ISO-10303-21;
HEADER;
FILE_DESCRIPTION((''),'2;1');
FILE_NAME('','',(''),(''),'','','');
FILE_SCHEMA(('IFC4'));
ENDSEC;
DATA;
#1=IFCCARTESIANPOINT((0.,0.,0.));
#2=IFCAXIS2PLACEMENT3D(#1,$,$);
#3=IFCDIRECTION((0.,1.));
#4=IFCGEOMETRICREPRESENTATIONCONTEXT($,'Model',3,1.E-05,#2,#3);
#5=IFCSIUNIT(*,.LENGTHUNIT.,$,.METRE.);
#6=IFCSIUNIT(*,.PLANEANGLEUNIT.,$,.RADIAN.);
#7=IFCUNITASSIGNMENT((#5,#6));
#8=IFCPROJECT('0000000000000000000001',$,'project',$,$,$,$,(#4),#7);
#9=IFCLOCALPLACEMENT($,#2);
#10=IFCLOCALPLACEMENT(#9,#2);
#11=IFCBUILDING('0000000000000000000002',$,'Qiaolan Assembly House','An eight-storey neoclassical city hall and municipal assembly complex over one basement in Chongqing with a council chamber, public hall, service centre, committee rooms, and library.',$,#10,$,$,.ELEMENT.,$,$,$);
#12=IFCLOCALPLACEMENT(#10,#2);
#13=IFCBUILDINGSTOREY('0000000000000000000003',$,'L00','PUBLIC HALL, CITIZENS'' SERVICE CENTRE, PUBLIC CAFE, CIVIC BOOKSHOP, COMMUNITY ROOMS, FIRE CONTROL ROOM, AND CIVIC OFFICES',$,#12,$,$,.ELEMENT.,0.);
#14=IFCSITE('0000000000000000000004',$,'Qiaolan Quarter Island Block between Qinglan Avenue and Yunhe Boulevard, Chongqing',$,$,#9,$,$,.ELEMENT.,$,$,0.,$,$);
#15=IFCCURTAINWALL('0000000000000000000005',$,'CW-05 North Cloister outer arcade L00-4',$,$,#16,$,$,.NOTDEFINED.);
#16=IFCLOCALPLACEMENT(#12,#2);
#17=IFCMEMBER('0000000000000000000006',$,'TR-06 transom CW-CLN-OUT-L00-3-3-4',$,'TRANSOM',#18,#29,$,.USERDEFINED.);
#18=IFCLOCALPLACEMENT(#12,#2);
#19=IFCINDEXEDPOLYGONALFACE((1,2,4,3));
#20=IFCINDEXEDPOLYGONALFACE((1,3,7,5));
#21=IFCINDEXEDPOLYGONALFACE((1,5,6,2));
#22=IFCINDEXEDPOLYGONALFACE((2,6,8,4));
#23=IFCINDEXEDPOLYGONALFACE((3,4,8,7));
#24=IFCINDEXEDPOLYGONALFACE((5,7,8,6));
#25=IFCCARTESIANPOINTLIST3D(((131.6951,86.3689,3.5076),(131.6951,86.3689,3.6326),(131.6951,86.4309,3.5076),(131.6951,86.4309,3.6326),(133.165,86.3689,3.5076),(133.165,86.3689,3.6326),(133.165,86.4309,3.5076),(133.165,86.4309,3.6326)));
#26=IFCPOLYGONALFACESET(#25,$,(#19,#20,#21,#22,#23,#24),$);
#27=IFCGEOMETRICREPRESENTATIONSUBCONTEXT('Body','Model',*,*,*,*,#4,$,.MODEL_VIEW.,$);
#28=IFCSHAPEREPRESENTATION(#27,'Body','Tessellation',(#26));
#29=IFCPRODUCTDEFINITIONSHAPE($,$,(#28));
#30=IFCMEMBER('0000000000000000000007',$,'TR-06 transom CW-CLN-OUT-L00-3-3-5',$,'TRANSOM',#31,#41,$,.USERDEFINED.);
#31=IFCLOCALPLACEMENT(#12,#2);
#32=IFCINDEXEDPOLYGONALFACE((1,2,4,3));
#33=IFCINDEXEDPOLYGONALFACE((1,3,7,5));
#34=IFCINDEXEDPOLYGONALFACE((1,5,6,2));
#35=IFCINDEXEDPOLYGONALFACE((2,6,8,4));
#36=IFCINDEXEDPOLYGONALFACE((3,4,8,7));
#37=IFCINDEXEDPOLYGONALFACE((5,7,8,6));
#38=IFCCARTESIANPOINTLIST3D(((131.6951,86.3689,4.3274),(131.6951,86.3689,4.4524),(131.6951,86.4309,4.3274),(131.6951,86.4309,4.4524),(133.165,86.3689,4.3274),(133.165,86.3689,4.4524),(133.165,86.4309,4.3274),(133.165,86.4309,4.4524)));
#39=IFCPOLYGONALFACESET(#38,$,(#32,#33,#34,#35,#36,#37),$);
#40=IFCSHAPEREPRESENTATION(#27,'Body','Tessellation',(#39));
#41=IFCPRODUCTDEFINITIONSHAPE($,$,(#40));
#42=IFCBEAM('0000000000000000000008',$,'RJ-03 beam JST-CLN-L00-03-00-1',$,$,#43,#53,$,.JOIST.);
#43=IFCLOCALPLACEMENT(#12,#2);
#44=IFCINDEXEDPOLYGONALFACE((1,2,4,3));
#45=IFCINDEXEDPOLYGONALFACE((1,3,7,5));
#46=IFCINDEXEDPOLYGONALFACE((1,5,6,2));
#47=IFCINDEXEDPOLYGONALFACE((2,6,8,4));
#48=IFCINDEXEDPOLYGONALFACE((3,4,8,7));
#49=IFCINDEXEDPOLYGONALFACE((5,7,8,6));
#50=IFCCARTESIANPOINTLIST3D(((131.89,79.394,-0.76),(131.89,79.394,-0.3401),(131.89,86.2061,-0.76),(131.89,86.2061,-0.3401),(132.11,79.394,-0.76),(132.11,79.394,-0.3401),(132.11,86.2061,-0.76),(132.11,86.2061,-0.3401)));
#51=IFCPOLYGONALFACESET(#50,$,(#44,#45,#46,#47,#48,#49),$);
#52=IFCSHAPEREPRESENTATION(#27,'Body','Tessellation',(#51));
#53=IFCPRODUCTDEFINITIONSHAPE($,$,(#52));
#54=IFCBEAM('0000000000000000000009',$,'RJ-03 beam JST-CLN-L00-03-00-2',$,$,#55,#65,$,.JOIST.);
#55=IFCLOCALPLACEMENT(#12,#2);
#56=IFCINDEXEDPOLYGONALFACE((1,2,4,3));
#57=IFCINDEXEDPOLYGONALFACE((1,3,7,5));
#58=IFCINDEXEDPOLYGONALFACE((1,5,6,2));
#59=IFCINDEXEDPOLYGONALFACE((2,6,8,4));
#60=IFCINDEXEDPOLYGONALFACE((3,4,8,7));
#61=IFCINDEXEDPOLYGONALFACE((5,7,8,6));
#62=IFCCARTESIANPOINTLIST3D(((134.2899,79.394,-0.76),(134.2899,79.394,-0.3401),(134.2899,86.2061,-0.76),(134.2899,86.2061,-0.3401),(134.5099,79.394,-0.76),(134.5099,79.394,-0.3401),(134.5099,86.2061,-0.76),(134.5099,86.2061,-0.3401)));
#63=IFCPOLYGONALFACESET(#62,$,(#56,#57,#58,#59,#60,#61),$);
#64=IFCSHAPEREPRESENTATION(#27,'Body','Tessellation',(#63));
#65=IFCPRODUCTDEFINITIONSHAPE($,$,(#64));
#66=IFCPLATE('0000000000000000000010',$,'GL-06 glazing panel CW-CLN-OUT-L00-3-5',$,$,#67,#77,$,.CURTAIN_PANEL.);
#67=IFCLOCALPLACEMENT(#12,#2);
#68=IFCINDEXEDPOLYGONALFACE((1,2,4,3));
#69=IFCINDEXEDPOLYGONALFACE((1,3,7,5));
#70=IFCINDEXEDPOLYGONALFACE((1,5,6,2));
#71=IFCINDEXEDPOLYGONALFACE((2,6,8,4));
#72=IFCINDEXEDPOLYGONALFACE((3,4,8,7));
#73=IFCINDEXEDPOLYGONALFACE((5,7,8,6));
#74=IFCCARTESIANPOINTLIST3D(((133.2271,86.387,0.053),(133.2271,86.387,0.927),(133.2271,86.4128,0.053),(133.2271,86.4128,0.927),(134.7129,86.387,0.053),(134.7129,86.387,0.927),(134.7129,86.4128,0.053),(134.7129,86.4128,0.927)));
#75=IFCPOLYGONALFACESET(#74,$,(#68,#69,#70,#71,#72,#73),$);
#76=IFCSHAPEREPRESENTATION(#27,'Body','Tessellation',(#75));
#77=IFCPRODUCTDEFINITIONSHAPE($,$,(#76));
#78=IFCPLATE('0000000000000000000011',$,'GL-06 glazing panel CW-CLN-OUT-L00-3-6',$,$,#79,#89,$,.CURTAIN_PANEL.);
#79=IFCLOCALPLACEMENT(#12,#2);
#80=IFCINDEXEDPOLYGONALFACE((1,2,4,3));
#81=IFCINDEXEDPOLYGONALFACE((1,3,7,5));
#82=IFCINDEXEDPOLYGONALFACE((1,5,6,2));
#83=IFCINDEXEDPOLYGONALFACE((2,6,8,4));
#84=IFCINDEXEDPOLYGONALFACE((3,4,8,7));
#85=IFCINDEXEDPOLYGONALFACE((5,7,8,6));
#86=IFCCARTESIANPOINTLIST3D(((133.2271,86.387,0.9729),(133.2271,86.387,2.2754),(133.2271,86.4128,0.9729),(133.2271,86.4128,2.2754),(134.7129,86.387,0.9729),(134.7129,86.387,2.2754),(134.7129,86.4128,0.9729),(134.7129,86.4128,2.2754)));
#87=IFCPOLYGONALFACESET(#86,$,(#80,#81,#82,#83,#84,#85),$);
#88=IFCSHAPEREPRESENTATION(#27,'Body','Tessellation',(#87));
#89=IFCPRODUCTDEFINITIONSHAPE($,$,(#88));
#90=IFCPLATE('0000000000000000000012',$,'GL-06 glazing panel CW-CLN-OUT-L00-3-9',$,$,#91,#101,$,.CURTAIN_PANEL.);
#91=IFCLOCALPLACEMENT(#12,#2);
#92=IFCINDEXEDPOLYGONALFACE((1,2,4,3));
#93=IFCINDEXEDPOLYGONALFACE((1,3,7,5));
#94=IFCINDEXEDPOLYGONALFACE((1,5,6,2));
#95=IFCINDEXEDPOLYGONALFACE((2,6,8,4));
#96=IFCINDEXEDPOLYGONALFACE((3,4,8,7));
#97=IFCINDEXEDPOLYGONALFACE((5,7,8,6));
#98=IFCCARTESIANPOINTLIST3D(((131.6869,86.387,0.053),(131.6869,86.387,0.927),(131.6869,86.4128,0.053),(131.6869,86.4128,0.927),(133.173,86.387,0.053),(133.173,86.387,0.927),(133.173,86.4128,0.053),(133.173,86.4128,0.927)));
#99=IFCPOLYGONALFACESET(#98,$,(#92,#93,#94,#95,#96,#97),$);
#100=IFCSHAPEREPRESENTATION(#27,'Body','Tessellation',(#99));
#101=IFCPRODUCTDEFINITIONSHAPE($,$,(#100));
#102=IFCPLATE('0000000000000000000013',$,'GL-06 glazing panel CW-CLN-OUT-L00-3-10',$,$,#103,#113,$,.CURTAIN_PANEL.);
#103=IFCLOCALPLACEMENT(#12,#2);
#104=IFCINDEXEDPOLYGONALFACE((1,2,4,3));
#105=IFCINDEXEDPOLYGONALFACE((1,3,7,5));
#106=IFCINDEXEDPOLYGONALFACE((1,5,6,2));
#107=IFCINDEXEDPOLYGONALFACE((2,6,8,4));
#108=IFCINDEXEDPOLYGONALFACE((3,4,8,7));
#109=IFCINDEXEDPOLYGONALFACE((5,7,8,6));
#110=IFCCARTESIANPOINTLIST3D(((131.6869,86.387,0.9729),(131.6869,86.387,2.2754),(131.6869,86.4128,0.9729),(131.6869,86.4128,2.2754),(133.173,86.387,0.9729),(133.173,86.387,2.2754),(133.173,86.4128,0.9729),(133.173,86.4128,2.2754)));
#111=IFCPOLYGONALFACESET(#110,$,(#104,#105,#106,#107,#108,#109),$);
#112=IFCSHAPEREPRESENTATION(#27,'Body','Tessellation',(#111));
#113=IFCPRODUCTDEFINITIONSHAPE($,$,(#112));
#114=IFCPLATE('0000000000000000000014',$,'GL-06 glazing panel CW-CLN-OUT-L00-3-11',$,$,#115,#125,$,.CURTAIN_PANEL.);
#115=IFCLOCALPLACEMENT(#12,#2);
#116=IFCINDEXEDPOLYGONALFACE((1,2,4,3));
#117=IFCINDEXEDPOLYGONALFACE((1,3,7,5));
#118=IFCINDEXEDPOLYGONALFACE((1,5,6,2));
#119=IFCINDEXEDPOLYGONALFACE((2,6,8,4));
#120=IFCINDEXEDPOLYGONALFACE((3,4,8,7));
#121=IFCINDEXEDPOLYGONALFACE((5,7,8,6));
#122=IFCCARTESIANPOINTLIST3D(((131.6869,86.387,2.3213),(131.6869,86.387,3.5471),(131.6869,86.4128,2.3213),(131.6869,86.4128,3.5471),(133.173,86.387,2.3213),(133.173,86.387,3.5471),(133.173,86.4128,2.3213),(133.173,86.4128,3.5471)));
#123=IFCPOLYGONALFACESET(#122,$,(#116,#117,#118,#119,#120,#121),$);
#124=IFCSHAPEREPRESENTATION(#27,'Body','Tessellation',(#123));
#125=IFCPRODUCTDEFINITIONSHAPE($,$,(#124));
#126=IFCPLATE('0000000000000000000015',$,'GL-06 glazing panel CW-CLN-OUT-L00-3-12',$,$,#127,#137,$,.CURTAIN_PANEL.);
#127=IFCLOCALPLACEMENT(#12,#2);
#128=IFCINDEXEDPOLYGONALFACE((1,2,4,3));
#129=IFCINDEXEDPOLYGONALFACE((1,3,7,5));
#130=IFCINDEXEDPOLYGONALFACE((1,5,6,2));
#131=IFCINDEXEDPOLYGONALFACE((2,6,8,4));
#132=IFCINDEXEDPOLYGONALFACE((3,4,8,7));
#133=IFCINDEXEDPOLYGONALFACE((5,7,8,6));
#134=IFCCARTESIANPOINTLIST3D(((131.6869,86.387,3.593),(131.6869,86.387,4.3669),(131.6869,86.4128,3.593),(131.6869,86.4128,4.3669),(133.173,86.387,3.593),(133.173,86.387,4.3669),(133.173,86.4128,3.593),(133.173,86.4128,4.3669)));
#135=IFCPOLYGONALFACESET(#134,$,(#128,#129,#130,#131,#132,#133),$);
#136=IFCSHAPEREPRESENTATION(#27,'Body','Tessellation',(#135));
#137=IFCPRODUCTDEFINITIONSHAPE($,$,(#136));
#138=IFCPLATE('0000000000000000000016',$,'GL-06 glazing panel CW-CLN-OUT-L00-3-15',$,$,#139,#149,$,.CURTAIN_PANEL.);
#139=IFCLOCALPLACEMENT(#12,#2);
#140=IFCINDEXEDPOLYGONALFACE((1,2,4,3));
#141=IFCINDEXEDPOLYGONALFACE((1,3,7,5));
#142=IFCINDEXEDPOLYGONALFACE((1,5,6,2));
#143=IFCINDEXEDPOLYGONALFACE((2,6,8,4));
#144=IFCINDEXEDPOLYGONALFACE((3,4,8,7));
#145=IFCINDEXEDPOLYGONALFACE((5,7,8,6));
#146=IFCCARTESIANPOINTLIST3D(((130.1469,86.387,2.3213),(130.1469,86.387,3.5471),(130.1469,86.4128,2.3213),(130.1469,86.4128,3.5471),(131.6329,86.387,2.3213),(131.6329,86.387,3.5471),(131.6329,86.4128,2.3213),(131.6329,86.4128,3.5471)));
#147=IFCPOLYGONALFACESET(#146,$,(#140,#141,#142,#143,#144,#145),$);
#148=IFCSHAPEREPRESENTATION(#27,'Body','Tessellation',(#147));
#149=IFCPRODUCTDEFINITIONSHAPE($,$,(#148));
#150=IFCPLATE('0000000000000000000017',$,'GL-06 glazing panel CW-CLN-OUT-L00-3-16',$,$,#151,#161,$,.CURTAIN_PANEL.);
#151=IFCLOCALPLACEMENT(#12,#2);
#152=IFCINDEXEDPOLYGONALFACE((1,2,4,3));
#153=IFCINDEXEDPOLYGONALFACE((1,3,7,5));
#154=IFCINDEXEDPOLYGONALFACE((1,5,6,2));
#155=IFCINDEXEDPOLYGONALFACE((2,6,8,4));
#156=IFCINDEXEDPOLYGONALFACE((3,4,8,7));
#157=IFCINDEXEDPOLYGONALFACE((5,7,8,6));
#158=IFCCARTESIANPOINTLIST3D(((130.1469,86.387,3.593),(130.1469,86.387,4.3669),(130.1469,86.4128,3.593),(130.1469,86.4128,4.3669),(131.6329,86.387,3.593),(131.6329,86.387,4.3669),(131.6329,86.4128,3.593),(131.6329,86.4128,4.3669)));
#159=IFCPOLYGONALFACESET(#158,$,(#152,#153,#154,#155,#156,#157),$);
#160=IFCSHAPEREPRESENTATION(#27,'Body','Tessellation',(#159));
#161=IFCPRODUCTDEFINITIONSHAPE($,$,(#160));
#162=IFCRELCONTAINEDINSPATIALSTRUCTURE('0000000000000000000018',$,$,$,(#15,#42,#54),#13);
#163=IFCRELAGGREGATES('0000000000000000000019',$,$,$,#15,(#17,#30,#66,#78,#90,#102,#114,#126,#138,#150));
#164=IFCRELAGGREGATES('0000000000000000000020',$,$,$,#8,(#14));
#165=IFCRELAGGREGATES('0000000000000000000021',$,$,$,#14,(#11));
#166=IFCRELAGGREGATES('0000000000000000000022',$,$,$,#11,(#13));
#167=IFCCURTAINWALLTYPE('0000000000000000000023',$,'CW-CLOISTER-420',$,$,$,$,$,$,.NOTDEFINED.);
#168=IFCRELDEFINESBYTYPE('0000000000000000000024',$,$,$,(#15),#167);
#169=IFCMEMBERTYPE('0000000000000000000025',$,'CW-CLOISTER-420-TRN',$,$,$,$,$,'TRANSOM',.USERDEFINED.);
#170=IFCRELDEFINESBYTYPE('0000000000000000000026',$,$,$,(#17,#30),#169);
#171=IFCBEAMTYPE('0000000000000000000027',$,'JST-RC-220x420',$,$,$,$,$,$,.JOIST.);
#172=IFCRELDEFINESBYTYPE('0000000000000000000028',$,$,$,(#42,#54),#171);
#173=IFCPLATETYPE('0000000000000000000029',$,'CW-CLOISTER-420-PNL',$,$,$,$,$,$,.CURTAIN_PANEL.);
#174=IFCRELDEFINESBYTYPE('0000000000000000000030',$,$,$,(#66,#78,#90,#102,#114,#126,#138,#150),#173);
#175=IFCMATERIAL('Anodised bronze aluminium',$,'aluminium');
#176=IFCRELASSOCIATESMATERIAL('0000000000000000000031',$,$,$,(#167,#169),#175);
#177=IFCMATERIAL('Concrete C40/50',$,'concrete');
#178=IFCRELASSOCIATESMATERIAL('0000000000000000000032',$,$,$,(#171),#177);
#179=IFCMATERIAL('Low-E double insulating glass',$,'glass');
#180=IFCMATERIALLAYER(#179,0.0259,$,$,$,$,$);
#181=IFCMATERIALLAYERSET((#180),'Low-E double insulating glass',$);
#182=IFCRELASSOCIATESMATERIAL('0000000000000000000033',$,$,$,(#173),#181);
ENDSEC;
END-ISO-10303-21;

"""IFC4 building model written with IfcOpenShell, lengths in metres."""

from ifc_helpers import new_model, si_unit, direction, frame, frame_2d, origin, origin_2d, place, context, subcontext, project, spatial, rectangle, extrude, material, layer, layer_set, material_profile, profile_set, type_object, element, aggregate, save


model = new_model("IFC4")

# Units and contexts
model_context = context("Model", 3, precision=1e-05, world=origin(), true_north=direction((0.0, 1.0)))
body_context = subcontext(model_context, "Body", "Model", "MODEL_VIEW")
ifc_project = project(units=[si_unit("LENGTHUNIT", "METRE"), si_unit("PLANEANGLEUNIT", "RADIAN")], contexts=[model_context])

# Site, building, storey
site_placement = place(None, origin())
site = spatial("IfcSite", under=ifc_project, at=site_placement, Name="Qiaolan Quarter Island Block between Qinglan Avenue and Yunhe Boulevard, Chongqing", CompositionType="ELEMENT", RefElevation=0.0)
building_placement = place(site_placement, origin())
building = spatial("IfcBuilding", under=site, at=building_placement, Name="Qiaolan Assembly House", Description="An eight-storey neoclassical city hall and municipal assembly complex over one basement in Chongqing with a council chamber, public hall, service centre, committee rooms, and library.", CompositionType="ELEMENT")
storey_placement = place(building_placement, origin())
storey = spatial("IfcBuildingStorey", under=building, at=storey_placement, Name="L00", Description="PUBLIC HALL, CITIZENS' SERVICE CENTRE, PUBLIC CAFE, CIVIC BOOKSHOP, COMMUNITY ROOMS, FIRE CONTROL ROOM, AND CIVIC OFFICES", CompositionType="ELEMENT", Elevation=0.0)

# Curtain wall
ifc_material_1 = material(Name="Anodised bronze aluminium", Category="aluminium")
curtain_wall_type = type_object("IfcCurtainWallType", Name="CW-CLOISTER-420", PredefinedType="NOTDEFINED", material=ifc_material_1)
curtain_wall_1_placement = place(storey_placement, origin())
curtain_wall_1 = element("IfcCurtainWall", 1, at=curtain_wall_1_placement, inside=storey, type_object=curtain_wall_type, Name="CW-05 North Cloister outer arcade L00-4", PredefinedType="NOTDEFINED")
ifc_material_profile_1 = material_profile(ifc_material_1, rectangle(XDim=0.062, YDim=0.125, at=origin_2d()), Name="TRN 62x125")
ifc_profile_set_1 = profile_set([ifc_material_profile_1], Name="Anodised bronze aluminium")
member_type_1 = type_object("IfcMemberType", Name="CW-CLOISTER-420-TRN", ElementType="TRANSOM", PredefinedType="USERDEFINED", material=ifc_profile_set_1)

# Members
member_1_placement = place(storey_placement, frame((133.165, 86.3999, 3.5701), z_axis=(-1.0, 0.0, 0.0), x_axis=(0.0, -1.0, 0.0)))
member_1 = element("IfcMember", 2, at=member_1_placement, type_object=member_type_1, Name="TR-06 transom CW-CLN-OUT-L00-3-3-4", ObjectType="TRANSOM", PredefinedType="USERDEFINED", context=body_context, shape_type="SweptSolid", body=[
    extrude(rectangle(XDim=0.062, YDim=0.125, at=origin_2d()), origin(), (0.0, 0.0, 1.0), 1.47),
])
member_2_placement = place(storey_placement, frame((133.165, 86.3999, 4.3899), z_axis=(-1.0, 0.0, 0.0), x_axis=(0.0, -1.0, 0.0)))
member_2 = element("IfcMember", 3, at=member_2_placement, type_object=member_type_1, Name="TR-06 transom CW-CLN-OUT-L00-3-3-5", ObjectType="TRANSOM", PredefinedType="USERDEFINED", context=body_context, shape_type="SweptSolid", body=[
    extrude(rectangle(XDim=0.062, YDim=0.125, at=origin_2d()), origin(), (0.0, 0.0, 1.0), 1.47),
])

# Beams
ifc_material_2 = material(Name="Concrete C40/50", Category="concrete")
ifc_material_profile_2 = material_profile(ifc_material_2, rectangle(XDim=0.22, YDim=0.4199, at=origin_2d()), Name="RCB 220x420")
ifc_profile_set_2 = profile_set([ifc_material_profile_2], Name="Concrete C40/50")
beam_type = type_object("IfcBeamType", Name="JST-RC-220x420", PredefinedType="JOIST", material=ifc_profile_set_2)
for number, where, z_axis, x_axis, name in (
    (4, (132.0, 79.394, -0.55), (0.0, 1.0, 0.0), (-1.0, 0.0, 0.0), "RJ-03 beam JST-CLN-L00-03-00-1"),
    (5, (134.3999, 79.394, -0.55), (0.0, 1.0, 0.0), (-1.0, 0.0, 0.0), "RJ-03 beam JST-CLN-L00-03-00-2"),
):
    element("IfcBeam", number, at=place(storey_placement, frame(where, z_axis=z_axis, x_axis=x_axis)), inside=storey, type_object=beam_type, Name=name, PredefinedType="JOIST", context=body_context, shape_type="SweptSolid", body=[
        extrude(rectangle(XDim=0.22, YDim=0.4199, at=origin_2d()), origin(), (0.0, 0.0, 1.0), 6.812),
    ])

# Plates
ifc_material_3 = material(Name="Low-E double insulating glass", Category="glass")
ifc_layer = layer(ifc_material_3, 0.0259)
ifc_layer_set = layer_set([ifc_layer], Name="Low-E double insulating glass")
plate_type = type_object("IfcPlateType", Name="CW-CLOISTER-420-PNL", PredefinedType="CURTAIN_PANEL", material=ifc_layer_set)
plate_1_placement = place(storey_placement, frame((134.7129, 86.3999, 0.053), z_axis=(0.0, 0.0, 1.0), x_axis=(-1.0, 0.0, 0.0)))
plate_1 = element("IfcPlate", 6, at=plate_1_placement, type_object=plate_type, Name="GL-06 glazing panel CW-CLN-OUT-L00-3-5", PredefinedType="CURTAIN_PANEL", context=body_context, shape_type="SweptSolid", body=[
    extrude(rectangle(XDim=1.4858, YDim=0.0259, at=frame_2d((0.7429, 0.0))), origin(), (0.0, 0.0, 1.0), 0.874),
])
plate_2_placement = place(storey_placement, frame((134.7129, 86.3999, 0.9729), z_axis=(0.0, 0.0, 1.0), x_axis=(-1.0, 0.0, 0.0)))
plate_2 = element("IfcPlate", 7, at=plate_2_placement, type_object=plate_type, Name="GL-06 glazing panel CW-CLN-OUT-L00-3-6", PredefinedType="CURTAIN_PANEL", context=body_context, shape_type="SweptSolid", body=[
    extrude(rectangle(XDim=1.4858, YDim=0.0259, at=frame_2d((0.7429, 0.0))), origin(), (0.0, 0.0, 1.0), 1.3025),
])
plate_3_placement = place(storey_placement, frame((133.1731, 86.3999, 0.053), z_axis=(0.0, 0.0, 1.0), x_axis=(-1.0, 0.0, 0.0)))
plate_3 = element("IfcPlate", 8, at=plate_3_placement, type_object=plate_type, Name="GL-06 glazing panel CW-CLN-OUT-L00-3-9", PredefinedType="CURTAIN_PANEL", context=body_context, shape_type="SweptSolid", body=[
    extrude(rectangle(XDim=1.4861, YDim=0.0259, at=frame_2d((0.7432, 0.0))), origin(), (0.0, 0.0, 1.0), 0.874),
])
plate_4_placement = place(storey_placement, frame((133.1731, 86.3999, 0.9729), z_axis=(0.0, 0.0, 1.0), x_axis=(-1.0, 0.0, 0.0)))
plate_4 = element("IfcPlate", 9, at=plate_4_placement, type_object=plate_type, Name="GL-06 glazing panel CW-CLN-OUT-L00-3-10", PredefinedType="CURTAIN_PANEL", context=body_context, shape_type="SweptSolid", body=[
    extrude(rectangle(XDim=1.4861, YDim=0.0259, at=frame_2d((0.7432, 0.0))), origin(), (0.0, 0.0, 1.0), 1.3025),
])
plate_5_placement = place(storey_placement, frame((133.1731, 86.3999, 2.3213), z_axis=(0.0, 0.0, 1.0), x_axis=(-1.0, 0.0, 0.0)))
plate_5 = element("IfcPlate", 10, at=plate_5_placement, type_object=plate_type, Name="GL-06 glazing panel CW-CLN-OUT-L00-3-11", PredefinedType="CURTAIN_PANEL", context=body_context, shape_type="SweptSolid", body=[
    extrude(rectangle(XDim=1.4861, YDim=0.0259, at=frame_2d((0.7432, 0.0))), origin(), (0.0, 0.0, 1.0), 1.2258),
])
plate_6_placement = place(storey_placement, frame((133.1731, 86.3999, 3.593), z_axis=(0.0, 0.0, 1.0), x_axis=(-1.0, 0.0, 0.0)))
plate_6 = element("IfcPlate", 11, at=plate_6_placement, type_object=plate_type, Name="GL-06 glazing panel CW-CLN-OUT-L00-3-12", PredefinedType="CURTAIN_PANEL", context=body_context, shape_type="SweptSolid", body=[
    extrude(rectangle(XDim=1.4861, YDim=0.0259, at=frame_2d((0.7432, 0.0))), origin(), (0.0, 0.0, 1.0), 0.7739),
])
plate_7_placement = place(storey_placement, frame((131.6331, 86.3999, 2.3213), z_axis=(0.0, 0.0, 1.0), x_axis=(-1.0, 0.0, 0.0)))
plate_7 = element("IfcPlate", 12, at=plate_7_placement, type_object=plate_type, Name="GL-06 glazing panel CW-CLN-OUT-L00-3-15", PredefinedType="CURTAIN_PANEL", context=body_context, shape_type="SweptSolid", body=[
    extrude(rectangle(XDim=1.4861, YDim=0.0259, at=frame_2d((0.7432, 0.0))), origin(), (0.0, 0.0, 1.0), 1.2258),
])
plate_8_placement = place(storey_placement, frame((131.6331, 86.3999, 3.593), z_axis=(0.0, 0.0, 1.0), x_axis=(-1.0, 0.0, 0.0)))
plate_8 = element("IfcPlate", 13, at=plate_8_placement, type_object=plate_type, Name="GL-06 glazing panel CW-CLN-OUT-L00-3-16", PredefinedType="CURTAIN_PANEL", context=body_context, shape_type="SweptSolid", body=[
    extrude(rectangle(XDim=1.4861, YDim=0.0259, at=frame_2d((0.7432, 0.0))), origin(), (0.0, 0.0, 1.0), 0.7739),
])
aggregate(curtain_wall_1, [member_1, member_2, plate_1, plate_2, plate_3, plate_4, plate_5, plate_6, plate_7, plate_8])

save(model, "model.ifc")
